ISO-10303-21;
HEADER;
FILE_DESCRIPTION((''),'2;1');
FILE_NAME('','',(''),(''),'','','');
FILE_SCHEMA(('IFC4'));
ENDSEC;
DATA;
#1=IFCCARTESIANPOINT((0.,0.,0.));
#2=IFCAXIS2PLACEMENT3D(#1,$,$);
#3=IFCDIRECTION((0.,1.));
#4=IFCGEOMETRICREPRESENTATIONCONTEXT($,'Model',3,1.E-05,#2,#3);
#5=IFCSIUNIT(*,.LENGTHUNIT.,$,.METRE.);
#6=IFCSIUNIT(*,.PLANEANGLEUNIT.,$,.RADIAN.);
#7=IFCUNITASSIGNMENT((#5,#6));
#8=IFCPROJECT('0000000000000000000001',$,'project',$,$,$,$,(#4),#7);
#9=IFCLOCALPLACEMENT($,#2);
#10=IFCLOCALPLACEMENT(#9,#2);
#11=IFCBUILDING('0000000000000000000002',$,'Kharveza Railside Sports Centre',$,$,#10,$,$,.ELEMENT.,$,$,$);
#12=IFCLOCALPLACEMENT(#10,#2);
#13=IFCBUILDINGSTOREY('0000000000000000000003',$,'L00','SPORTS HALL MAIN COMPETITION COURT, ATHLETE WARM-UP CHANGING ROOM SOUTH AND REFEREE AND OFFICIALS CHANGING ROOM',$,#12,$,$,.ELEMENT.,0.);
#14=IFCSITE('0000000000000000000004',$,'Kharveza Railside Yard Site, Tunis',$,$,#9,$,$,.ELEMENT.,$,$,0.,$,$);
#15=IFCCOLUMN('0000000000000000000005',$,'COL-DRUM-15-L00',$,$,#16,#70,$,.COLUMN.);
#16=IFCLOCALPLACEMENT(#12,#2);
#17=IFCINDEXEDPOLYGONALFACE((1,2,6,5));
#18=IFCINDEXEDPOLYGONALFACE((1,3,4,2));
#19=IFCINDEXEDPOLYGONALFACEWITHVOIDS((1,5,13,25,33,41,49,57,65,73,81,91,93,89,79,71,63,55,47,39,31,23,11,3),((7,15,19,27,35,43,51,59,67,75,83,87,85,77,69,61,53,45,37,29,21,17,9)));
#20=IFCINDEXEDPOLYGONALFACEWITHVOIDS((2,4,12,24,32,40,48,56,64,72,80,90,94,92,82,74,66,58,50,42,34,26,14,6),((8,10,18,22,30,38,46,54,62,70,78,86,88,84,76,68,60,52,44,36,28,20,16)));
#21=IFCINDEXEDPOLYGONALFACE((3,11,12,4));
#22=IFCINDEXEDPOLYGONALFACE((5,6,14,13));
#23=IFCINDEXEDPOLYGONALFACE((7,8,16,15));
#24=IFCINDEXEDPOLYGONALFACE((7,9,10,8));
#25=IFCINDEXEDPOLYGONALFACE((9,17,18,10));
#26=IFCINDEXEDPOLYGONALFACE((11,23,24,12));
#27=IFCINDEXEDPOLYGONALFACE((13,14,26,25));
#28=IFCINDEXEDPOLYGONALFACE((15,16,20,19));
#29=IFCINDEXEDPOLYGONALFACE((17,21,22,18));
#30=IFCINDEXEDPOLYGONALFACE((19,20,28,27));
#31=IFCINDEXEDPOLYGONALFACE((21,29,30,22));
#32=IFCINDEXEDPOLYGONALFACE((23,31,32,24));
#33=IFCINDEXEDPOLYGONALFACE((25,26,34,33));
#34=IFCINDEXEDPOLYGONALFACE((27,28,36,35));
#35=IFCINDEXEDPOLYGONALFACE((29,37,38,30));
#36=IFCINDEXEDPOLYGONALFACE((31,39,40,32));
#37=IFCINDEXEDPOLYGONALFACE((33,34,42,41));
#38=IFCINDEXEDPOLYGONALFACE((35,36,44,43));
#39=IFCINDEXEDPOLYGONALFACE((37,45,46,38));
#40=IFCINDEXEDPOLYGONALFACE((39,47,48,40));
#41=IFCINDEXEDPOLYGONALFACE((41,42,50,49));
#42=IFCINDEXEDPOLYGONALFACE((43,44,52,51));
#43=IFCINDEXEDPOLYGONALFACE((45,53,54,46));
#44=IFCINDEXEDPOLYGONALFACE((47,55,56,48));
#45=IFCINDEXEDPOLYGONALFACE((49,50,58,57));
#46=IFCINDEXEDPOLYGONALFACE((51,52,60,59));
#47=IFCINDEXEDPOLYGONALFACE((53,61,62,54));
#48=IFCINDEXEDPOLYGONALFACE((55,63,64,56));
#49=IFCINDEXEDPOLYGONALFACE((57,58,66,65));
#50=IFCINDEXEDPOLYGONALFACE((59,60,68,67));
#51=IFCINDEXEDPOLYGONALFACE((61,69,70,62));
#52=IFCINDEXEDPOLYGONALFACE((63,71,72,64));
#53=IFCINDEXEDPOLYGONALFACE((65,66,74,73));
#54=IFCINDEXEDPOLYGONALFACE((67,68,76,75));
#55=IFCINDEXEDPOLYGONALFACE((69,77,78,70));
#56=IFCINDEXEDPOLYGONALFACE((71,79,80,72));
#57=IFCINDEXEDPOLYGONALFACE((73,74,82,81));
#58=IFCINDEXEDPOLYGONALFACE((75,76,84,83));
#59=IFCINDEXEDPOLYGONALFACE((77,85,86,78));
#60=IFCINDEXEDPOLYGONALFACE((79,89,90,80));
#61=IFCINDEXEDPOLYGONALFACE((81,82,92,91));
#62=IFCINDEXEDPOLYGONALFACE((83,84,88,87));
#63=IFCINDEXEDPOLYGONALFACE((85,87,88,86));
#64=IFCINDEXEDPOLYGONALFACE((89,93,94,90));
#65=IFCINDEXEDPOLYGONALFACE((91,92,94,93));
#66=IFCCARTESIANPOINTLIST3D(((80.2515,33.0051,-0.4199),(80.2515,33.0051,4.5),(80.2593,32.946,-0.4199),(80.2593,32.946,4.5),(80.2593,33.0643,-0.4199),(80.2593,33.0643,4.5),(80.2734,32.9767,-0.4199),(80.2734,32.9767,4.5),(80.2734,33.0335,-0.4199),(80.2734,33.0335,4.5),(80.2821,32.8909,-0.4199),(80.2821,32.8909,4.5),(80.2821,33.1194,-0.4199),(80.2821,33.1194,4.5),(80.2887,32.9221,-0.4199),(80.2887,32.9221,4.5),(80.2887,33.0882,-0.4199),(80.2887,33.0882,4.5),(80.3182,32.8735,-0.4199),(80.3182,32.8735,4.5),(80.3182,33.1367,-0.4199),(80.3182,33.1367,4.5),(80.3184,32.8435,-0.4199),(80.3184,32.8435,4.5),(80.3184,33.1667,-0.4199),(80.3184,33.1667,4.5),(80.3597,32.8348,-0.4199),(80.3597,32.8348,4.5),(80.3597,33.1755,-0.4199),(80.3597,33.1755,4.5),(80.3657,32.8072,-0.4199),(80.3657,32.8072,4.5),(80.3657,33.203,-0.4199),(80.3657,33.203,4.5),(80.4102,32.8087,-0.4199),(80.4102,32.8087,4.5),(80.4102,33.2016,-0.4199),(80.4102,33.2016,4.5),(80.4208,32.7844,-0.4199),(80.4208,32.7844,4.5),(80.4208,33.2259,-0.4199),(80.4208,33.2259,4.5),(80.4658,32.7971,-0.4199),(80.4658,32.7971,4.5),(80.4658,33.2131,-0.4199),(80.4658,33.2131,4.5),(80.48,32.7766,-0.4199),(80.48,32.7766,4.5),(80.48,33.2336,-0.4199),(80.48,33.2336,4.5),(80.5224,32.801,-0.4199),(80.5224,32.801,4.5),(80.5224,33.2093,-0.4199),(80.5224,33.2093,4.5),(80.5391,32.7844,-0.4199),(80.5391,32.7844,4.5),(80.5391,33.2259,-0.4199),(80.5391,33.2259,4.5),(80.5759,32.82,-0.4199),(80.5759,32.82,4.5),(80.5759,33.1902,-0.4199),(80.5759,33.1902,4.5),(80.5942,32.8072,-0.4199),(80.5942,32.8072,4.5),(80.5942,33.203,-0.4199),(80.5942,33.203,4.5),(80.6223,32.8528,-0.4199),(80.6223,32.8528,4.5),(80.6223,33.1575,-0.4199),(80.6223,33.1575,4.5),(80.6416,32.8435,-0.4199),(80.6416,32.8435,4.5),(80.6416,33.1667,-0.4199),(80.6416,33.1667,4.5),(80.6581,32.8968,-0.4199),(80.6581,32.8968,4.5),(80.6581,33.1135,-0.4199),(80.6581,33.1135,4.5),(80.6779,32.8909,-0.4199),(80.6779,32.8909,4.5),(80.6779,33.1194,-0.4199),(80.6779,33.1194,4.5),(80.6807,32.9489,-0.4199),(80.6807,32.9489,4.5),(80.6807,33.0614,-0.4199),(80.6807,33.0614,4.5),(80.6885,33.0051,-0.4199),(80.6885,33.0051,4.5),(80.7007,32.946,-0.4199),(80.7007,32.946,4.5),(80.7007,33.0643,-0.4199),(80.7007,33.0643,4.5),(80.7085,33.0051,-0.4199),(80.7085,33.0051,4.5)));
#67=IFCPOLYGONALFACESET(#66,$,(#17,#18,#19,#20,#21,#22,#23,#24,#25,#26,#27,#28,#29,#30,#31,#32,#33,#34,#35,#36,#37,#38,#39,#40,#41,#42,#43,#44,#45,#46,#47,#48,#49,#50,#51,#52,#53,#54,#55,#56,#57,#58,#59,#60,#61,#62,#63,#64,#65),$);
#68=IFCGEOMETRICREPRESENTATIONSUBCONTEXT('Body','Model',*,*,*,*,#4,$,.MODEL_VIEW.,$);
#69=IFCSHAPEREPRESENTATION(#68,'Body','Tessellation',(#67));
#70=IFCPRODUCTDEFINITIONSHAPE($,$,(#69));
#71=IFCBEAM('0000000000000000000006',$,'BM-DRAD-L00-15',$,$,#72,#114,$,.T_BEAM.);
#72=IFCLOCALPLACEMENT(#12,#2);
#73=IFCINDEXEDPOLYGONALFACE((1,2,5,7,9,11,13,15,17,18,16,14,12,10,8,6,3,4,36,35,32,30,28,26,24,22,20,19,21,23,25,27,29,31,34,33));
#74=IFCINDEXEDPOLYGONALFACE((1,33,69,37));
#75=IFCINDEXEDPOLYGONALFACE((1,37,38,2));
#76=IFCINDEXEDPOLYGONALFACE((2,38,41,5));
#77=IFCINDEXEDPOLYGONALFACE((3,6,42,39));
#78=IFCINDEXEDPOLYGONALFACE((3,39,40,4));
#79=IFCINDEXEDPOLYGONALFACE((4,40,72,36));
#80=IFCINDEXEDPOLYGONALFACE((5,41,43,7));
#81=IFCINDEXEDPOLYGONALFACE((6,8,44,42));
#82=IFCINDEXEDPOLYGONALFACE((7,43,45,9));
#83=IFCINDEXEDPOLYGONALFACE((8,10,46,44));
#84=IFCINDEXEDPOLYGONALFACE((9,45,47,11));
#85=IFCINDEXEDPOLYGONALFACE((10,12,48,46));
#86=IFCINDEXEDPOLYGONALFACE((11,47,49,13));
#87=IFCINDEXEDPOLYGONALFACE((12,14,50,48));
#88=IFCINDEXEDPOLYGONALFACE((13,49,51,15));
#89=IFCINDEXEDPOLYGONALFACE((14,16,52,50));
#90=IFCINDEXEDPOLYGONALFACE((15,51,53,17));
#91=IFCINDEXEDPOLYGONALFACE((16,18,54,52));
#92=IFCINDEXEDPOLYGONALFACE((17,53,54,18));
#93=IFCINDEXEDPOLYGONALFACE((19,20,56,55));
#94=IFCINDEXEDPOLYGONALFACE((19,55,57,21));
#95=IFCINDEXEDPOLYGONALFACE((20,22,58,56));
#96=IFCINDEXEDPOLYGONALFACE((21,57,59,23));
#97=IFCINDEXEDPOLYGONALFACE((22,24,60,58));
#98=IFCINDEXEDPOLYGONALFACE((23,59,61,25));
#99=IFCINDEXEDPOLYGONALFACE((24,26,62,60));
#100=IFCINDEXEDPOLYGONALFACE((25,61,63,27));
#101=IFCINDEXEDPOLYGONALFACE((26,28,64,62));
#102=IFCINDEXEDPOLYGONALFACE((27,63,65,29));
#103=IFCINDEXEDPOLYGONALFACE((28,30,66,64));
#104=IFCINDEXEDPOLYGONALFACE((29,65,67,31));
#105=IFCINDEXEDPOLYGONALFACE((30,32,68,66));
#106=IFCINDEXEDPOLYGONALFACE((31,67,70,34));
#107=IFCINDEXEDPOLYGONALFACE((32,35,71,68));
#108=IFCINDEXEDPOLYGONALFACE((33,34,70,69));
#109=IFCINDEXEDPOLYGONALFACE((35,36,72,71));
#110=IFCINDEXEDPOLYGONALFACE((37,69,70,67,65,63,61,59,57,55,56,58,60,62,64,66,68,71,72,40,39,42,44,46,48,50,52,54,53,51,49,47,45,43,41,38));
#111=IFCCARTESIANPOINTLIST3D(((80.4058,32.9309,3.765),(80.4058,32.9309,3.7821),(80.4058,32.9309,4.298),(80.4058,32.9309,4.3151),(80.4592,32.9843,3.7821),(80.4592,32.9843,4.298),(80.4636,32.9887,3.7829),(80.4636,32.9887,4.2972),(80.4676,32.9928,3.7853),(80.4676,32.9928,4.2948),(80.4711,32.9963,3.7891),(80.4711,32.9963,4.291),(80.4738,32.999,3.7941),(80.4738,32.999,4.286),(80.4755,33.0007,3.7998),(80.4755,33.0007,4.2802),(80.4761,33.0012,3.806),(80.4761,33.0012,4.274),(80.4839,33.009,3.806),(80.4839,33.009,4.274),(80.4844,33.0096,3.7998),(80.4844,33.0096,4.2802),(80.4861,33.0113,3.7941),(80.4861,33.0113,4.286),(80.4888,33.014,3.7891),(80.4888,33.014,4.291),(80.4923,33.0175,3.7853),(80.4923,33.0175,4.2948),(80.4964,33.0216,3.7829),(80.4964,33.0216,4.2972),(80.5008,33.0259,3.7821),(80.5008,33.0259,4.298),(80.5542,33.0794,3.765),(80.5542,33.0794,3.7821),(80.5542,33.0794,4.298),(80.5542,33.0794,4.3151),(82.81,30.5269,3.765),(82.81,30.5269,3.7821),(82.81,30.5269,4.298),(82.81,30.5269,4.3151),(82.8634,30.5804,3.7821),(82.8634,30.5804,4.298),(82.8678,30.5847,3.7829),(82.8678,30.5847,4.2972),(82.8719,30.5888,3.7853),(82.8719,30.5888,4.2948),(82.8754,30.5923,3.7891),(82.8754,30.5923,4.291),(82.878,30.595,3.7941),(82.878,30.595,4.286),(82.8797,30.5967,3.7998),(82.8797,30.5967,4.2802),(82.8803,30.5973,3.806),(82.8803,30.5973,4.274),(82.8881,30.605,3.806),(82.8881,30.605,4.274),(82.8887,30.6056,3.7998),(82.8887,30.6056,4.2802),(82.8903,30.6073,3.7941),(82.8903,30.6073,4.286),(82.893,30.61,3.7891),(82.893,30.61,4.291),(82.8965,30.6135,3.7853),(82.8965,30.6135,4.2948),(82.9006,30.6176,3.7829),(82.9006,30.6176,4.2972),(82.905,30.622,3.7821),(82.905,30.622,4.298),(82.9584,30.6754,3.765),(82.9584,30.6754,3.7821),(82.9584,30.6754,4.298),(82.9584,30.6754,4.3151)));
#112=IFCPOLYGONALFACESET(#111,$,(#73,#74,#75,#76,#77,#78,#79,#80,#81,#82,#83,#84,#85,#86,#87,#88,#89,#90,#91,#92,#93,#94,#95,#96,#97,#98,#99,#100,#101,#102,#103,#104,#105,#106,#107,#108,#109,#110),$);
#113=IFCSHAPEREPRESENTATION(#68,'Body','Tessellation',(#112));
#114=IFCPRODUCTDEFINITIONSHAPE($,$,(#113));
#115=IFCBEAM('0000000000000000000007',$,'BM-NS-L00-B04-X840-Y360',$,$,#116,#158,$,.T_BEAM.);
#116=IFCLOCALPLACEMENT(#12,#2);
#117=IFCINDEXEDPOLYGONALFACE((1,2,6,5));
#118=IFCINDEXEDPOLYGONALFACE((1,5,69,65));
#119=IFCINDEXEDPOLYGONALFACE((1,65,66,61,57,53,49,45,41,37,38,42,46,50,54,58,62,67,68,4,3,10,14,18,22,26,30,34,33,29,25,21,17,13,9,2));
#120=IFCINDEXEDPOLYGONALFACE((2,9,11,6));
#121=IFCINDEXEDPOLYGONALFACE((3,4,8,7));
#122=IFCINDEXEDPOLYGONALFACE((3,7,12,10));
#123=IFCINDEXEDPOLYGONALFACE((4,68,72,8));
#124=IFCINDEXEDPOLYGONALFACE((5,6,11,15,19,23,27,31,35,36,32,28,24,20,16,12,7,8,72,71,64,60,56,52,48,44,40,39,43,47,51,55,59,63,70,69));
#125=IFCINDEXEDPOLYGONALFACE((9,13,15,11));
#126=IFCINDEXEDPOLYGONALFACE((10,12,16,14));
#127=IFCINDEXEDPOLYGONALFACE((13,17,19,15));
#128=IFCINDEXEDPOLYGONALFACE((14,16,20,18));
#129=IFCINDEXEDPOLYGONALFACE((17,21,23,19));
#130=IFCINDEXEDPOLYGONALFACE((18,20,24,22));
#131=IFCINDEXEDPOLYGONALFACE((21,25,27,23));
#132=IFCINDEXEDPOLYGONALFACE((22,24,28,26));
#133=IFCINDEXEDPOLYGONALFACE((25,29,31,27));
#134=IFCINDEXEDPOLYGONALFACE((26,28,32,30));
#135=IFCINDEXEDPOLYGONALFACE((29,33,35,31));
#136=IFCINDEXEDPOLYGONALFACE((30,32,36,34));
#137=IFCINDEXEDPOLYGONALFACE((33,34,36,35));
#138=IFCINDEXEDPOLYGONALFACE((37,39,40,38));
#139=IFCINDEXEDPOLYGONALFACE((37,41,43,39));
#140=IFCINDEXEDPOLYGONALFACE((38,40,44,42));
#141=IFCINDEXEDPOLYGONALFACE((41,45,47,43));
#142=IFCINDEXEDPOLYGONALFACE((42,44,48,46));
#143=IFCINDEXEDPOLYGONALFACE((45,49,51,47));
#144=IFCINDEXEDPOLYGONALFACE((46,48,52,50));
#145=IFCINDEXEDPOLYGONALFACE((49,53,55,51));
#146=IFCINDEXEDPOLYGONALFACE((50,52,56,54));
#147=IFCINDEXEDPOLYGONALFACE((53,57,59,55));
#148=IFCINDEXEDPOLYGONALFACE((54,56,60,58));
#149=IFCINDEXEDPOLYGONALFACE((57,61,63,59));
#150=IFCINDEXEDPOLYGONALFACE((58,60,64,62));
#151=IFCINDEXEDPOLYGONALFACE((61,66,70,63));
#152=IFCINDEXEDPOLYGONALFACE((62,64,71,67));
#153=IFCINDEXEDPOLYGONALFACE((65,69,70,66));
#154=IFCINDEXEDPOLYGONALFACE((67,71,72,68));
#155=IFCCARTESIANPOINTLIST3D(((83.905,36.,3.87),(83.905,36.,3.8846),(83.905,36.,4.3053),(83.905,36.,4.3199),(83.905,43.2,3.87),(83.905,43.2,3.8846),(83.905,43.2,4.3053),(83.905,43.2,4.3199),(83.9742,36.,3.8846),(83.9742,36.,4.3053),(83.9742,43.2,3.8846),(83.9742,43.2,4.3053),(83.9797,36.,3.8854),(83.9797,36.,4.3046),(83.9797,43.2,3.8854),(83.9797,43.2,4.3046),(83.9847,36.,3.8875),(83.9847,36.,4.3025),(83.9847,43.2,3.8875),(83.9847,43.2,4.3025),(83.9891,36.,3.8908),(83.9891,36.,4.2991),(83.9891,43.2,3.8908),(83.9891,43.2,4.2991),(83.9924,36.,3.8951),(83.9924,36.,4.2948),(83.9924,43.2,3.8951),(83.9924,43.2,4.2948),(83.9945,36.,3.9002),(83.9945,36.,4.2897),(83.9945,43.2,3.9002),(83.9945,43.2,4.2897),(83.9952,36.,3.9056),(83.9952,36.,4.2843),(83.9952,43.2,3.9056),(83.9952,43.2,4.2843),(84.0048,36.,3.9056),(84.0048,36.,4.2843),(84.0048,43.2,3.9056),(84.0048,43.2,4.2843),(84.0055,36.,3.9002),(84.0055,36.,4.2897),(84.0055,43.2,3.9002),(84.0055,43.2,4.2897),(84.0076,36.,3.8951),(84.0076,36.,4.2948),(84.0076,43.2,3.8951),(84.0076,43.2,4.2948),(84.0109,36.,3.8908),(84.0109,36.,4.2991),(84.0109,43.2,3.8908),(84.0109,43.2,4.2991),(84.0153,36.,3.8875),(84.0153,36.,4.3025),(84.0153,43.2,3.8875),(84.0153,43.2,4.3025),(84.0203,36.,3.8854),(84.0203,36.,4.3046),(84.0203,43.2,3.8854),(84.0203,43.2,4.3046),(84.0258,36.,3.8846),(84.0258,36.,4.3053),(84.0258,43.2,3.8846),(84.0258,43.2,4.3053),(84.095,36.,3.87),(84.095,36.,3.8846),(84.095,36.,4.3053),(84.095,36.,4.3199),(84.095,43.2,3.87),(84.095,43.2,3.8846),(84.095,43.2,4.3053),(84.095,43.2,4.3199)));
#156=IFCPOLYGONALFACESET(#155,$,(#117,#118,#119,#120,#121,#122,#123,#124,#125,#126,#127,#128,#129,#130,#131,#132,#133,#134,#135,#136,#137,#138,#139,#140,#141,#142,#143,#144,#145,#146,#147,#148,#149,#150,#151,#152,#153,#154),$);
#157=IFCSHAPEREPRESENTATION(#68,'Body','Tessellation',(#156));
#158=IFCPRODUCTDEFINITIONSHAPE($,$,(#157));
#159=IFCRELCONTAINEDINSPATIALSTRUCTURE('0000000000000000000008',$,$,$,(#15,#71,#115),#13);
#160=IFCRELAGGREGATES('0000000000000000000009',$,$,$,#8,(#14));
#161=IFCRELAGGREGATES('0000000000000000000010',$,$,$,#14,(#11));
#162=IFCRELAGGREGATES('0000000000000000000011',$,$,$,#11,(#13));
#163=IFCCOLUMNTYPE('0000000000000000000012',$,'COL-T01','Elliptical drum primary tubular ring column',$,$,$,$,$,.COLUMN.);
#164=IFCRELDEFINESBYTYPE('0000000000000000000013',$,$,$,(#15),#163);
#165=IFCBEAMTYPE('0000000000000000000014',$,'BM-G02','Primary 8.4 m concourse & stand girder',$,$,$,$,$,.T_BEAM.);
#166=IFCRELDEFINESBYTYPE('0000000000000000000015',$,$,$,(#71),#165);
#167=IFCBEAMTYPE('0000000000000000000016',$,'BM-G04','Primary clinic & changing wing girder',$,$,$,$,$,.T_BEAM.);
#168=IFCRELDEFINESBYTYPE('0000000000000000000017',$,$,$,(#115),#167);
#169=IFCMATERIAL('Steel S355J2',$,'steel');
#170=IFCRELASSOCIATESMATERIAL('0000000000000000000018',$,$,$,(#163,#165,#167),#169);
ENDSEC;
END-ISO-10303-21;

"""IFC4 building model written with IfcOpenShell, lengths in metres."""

from ifc_helpers import new_model, si_unit, direction, frame, origin, origin_2d, place, context, subcontext, project, spatial, hollow_circle, i_section, extrude, material, material_profile, profile_set, type_object, element, save


model = new_model("IFC4")

# Units and contexts
model_context = context("Model", 3, precision=1e-05, world=origin(), true_north=direction((0.0, 1.0)))
body_context = subcontext(model_context, "Body", "Model", "MODEL_VIEW")
ifc_project = project(units=[si_unit("LENGTHUNIT", "METRE"), si_unit("PLANEANGLEUNIT", "RADIAN")], contexts=[model_context])

# Site, building, storey
site_placement = place(None, origin())
site = spatial("IfcSite", under=ifc_project, at=site_placement, Name="Kharveza Railside Yard Site, Tunis", CompositionType="ELEMENT", RefElevation=0.0)
building_placement = place(site_placement, origin())
building = spatial("IfcBuilding", under=site, at=building_placement, Name="Kharveza Railside Sports Centre", CompositionType="ELEMENT")
storey_placement = place(building_placement, origin())
storey = spatial("IfcBuildingStorey", under=building, at=storey_placement, Name="L00", Description="SPORTS HALL MAIN COMPETITION COURT, ATHLETE WARM-UP CHANGING ROOM SOUTH AND REFEREE AND OFFICIALS CHANGING ROOM", CompositionType="ELEMENT", Elevation=0.0)

# Column
ifc_material_1 = material(Name="Steel S355J2", Category="steel")
ifc_material_profile_1 = material_profile(ifc_material_1, hollow_circle(Radius=0.2285, WallThickness=0.02, at=origin_2d()), Name="CHS 457.0x20.0")
ifc_profile_set_1 = profile_set([ifc_material_profile_1], Name="Steel S355J2")
column_type_1 = type_object("IfcColumnType", Name="COL-T01", Description="Elliptical drum primary tubular ring column", PredefinedType="COLUMN", material=ifc_profile_set_1)
column_1_placement = place(storey_placement, frame((80.48, 33.0051, -0.4199), z_axis=(0.0, 0.0, 1.0), x_axis=(1.0, 0.0, 0.0)))
element("IfcColumn", 1, at=column_1_placement, inside=storey, type_object=column_type_1, Name="COL-DRUM-15-L00", PredefinedType="COLUMN", context=body_context, shape_type="SweptSolid", body=[
    extrude(hollow_circle(Radius=0.2285, WallThickness=0.02, at=origin_2d()), origin(), (0.0, 0.0, 1.0), 4.9199),
])

# Beams
ifc_material_profile_2 = material_profile(ifc_material_1, i_section(OverallWidth=0.21, OverallDepth=0.55, WebThickness=0.011, FlangeThickness=0.0171, FilletRadius=0.0239, at=origin_2d()), Name="IPE 550")
ifc_profile_set_2 = profile_set([ifc_material_profile_2], Name="Steel S355J2")
beam_type_1 = type_object("IfcBeamType", Name="BM-G02", Description="Primary 8.4 m concourse & stand girder", PredefinedType="T_BEAM", material=ifc_profile_set_2)
beam_1_placement = place(storey_placement, frame((80.48, 33.0051, 4.04), z_axis=(0.707143, -0.707071, 0.0), x_axis=(0.707071, 0.707143, 0.0)))
element("IfcBeam", 2, at=beam_1_placement, inside=storey, type_object=beam_type_1, Name="BM-DRAD-L00-15", PredefinedType="T_BEAM", context=body_context, shape_type="SweptSolid", body=[
    extrude(i_section(OverallWidth=0.21, OverallDepth=0.55, WebThickness=0.011, FlangeThickness=0.0171, FilletRadius=0.0239, at=origin_2d()), origin(), (0.0, 0.0, 1.0), 3.3999),
])
ifc_material_profile_3 = material_profile(ifc_material_1, i_section(OverallWidth=0.1899, OverallDepth=0.45, WebThickness=0.0095, FlangeThickness=0.0146, FilletRadius=0.021, at=origin_2d()), Name="IPE 450")
ifc_profile_set_3 = profile_set([ifc_material_profile_3], Name="Steel S355J2")
beam_type_2 = type_object("IfcBeamType", Name="BM-G04", Description="Primary clinic & changing wing girder", PredefinedType="T_BEAM", material=ifc_profile_set_3)
beam_2_placement = place(storey_placement, frame((84.0, 36.0, 4.095), z_axis=(0.0, 1.0, 0.0), x_axis=(-1.0, 0.0, 0.0)))
element("IfcBeam", 3, at=beam_2_placement, inside=storey, type_object=beam_type_2, Name="BM-NS-L00-B04-X840-Y360", PredefinedType="T_BEAM", context=body_context, shape_type="SweptSolid", body=[
    extrude(i_section(OverallWidth=0.1899, OverallDepth=0.45, WebThickness=0.0095, FlangeThickness=0.0146, FilletRadius=0.021, at=origin_2d()), origin(), (0.0, 0.0, 1.0), 7.2),
])

save(model, "model.ifc")
